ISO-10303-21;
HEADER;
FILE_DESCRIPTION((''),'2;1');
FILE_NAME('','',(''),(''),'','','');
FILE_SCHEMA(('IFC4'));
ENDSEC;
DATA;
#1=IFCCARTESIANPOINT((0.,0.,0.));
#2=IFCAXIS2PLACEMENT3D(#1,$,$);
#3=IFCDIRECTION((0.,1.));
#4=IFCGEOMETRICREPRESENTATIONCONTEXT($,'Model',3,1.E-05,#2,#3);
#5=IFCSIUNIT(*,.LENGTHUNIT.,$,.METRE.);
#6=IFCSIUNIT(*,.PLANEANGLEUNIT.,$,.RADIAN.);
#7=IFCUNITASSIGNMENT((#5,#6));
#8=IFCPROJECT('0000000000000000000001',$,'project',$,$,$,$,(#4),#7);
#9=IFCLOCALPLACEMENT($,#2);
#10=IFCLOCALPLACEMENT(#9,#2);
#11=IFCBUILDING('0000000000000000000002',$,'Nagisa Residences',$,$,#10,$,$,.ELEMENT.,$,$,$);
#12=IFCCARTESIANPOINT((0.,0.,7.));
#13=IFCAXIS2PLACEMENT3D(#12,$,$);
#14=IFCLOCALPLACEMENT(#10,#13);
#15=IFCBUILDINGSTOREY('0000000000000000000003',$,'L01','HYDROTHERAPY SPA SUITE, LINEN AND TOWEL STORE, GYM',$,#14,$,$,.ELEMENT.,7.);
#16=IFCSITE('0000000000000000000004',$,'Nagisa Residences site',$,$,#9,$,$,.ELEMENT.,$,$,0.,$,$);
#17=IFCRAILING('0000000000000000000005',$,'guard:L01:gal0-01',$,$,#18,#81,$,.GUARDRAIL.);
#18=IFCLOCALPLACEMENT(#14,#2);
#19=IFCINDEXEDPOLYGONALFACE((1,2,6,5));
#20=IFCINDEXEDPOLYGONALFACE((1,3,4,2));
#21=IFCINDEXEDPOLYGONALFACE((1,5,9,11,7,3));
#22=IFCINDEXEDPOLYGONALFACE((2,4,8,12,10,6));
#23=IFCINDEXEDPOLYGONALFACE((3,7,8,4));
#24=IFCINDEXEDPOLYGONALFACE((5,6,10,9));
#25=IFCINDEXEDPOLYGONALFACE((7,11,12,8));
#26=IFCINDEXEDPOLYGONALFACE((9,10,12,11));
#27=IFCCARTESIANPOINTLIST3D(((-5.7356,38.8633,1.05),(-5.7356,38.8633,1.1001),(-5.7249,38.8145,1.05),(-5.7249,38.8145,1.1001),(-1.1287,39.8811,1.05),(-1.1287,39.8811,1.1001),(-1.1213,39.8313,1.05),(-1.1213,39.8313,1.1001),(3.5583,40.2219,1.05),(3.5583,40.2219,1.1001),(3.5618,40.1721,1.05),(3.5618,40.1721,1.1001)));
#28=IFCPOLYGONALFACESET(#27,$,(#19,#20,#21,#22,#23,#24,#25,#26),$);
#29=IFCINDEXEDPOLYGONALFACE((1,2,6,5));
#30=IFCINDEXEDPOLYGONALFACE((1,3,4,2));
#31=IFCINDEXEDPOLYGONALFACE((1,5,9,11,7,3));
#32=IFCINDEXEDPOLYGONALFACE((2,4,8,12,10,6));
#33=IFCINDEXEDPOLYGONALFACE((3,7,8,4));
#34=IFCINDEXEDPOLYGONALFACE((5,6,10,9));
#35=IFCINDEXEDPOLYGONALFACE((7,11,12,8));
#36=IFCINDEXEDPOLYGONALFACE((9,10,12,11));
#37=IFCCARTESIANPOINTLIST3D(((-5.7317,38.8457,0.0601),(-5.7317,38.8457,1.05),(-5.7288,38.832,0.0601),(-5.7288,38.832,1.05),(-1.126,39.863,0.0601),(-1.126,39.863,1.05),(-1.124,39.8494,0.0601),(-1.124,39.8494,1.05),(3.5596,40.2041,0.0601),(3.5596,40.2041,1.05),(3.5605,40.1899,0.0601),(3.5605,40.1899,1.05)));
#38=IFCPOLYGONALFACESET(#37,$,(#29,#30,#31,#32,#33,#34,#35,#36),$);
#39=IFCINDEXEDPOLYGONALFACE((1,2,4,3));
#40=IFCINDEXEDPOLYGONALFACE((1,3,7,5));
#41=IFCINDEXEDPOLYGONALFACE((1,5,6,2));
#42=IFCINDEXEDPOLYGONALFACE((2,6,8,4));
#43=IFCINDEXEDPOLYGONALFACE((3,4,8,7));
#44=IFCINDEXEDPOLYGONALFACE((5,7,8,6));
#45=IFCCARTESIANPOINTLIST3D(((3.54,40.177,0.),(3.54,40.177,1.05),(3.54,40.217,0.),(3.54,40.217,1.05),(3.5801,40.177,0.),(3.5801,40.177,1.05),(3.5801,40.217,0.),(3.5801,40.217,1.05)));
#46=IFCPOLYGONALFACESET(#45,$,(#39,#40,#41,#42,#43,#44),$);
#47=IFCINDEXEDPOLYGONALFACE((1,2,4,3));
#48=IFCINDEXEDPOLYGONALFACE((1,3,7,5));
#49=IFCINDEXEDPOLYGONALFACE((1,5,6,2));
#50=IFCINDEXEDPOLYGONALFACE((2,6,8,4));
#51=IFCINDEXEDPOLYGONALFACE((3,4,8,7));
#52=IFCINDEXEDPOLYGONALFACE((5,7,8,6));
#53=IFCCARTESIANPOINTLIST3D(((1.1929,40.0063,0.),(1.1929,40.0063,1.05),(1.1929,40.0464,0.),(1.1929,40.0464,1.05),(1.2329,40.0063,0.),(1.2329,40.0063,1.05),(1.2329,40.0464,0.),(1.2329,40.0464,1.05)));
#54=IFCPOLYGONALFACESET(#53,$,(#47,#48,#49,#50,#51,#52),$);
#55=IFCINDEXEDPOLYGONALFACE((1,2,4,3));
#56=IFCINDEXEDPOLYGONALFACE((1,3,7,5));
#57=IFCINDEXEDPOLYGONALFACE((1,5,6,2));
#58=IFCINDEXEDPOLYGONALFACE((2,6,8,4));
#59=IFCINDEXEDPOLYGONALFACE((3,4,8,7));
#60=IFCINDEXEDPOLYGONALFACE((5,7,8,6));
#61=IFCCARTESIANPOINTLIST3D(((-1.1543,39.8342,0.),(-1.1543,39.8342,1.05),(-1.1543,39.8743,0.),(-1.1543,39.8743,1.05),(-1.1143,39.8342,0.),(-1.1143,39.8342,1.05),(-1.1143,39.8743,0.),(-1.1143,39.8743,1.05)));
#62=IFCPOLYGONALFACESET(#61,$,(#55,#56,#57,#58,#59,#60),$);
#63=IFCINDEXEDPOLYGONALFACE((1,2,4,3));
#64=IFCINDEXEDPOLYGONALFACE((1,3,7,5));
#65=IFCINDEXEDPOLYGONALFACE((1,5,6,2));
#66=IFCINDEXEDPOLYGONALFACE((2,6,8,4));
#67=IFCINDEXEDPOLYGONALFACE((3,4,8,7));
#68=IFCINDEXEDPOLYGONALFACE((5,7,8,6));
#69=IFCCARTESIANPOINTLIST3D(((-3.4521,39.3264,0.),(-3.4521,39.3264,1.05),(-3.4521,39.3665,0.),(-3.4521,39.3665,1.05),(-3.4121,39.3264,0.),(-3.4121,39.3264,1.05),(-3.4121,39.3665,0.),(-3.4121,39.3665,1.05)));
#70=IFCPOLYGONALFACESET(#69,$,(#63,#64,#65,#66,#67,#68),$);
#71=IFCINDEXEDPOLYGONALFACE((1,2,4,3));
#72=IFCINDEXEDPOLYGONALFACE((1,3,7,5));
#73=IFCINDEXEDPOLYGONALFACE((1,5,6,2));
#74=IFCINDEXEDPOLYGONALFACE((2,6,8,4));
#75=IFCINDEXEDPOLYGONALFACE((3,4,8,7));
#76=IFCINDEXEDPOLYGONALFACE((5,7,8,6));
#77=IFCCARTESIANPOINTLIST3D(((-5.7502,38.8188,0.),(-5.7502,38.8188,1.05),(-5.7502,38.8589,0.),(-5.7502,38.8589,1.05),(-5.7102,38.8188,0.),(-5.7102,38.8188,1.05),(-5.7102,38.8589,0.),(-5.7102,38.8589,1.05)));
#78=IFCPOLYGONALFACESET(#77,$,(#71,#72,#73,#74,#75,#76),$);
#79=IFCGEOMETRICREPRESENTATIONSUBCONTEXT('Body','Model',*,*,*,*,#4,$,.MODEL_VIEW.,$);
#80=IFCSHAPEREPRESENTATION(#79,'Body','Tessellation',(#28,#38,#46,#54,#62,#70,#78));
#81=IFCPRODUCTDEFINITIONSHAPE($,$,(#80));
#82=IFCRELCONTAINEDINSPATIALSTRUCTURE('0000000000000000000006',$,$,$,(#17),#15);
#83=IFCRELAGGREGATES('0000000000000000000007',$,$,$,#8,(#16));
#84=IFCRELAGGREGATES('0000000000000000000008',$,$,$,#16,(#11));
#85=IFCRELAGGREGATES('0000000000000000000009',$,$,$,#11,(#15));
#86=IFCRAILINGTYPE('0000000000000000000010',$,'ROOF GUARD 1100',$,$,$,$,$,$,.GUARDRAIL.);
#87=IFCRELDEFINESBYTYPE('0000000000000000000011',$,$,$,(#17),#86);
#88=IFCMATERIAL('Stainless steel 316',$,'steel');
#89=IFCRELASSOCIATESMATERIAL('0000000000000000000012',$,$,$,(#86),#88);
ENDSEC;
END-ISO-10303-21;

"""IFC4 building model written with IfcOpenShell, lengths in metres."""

from ifc_helpers import new_model, si_unit, direction, frame, origin, origin_2d, place, context, subcontext, project, spatial, polyline, rectangle, outline, extrude, material, type_object, element, save


model = new_model("IFC4")

# Units and contexts
model_context = context("Model", 3, precision=1e-05, world=origin(), true_north=direction((0.0, 1.0)))
body_context = subcontext(model_context, "Body", "Model", "MODEL_VIEW")
ifc_project = project(units=[si_unit("LENGTHUNIT", "METRE"), si_unit("PLANEANGLEUNIT", "RADIAN")], contexts=[model_context])

# Site, building, storey
site_placement = place(None, origin())
site = spatial("IfcSite", under=ifc_project, at=site_placement, Name="Nagisa Residences site", CompositionType="ELEMENT", RefElevation=0.0)
building_placement = place(site_placement, origin())
building = spatial("IfcBuilding", under=site, at=building_placement, Name="Nagisa Residences", CompositionType="ELEMENT")
storey_placement = place(building_placement, frame((0.0, 0.0, 7.0)))
storey = spatial("IfcBuildingStorey", under=building, at=storey_placement, Name="L01", Description="HYDROTHERAPY SPA SUITE, LINEN AND TOWEL STORE, GYM", CompositionType="ELEMENT", Elevation=7.0)

# Railing
ifc_material_1 = material(Name="Stainless steel 316", Category="steel")
railing_type = type_object("IfcRailingType", Name="ROOF GUARD 1100", PredefinedType="GUARDRAIL", material=ifc_material_1)
railing_1_placement = place(storey_placement, frame((3.5601, 40.197, 0.0)))
element("IfcRailing", 1, at=railing_1_placement, inside=storey, type_object=railing_type, Name="guard:L01:gal0-01", PredefinedType="GUARDRAIL", context=body_context, shape_type="SweptSolid", body=[
    extrude(outline(polyline([(-4.6814, -0.3657), (0.0017, -0.0249), (-0.0017, 0.0249), (-4.6887, -0.3159), (-9.2957, -1.3337), (-9.2849, -1.3826), (-4.6814, -0.3657)])), frame((0.0, 0.0, 1.05)), (0.0, 0.0, 1.0), 0.05),
    extrude(outline(polyline([(-4.6841, -0.3477), (0.0005, -0.0071), (-0.0005, 0.0071), (-4.686, -0.334), (-9.2917, -1.3513), (-9.2888, -1.365), (-4.6841, -0.3477)])), frame((0.0, 0.0, 0.0601)), (0.0, 0.0, 1.0), 0.99),
    extrude(rectangle(XDim=0.04, YDim=0.04, at=origin_2d()), origin(), (0.0, 0.0, 1.0), 1.05),
    extrude(rectangle(XDim=0.04, YDim=0.04, at=origin_2d()), frame((-2.3472, -0.1707, 0.0)), (0.0, 0.0, 1.0), 1.05),
    extrude(rectangle(XDim=0.04, YDim=0.04, at=origin_2d()), frame((-4.6943, -0.3428, 0.0)), (0.0, 0.0, 1.0), 1.05),
    extrude(rectangle(XDim=0.04, YDim=0.04, at=origin_2d()), frame((-6.9922, -0.8506, 0.0)), (0.0, 0.0, 1.0), 1.05),
    extrude(rectangle(XDim=0.04, YDim=0.04, at=origin_2d()), frame((-9.2903, -1.3582, 0.0)), (0.0, 0.0, 1.0), 1.05),
])

save(model, "model.ifc")
